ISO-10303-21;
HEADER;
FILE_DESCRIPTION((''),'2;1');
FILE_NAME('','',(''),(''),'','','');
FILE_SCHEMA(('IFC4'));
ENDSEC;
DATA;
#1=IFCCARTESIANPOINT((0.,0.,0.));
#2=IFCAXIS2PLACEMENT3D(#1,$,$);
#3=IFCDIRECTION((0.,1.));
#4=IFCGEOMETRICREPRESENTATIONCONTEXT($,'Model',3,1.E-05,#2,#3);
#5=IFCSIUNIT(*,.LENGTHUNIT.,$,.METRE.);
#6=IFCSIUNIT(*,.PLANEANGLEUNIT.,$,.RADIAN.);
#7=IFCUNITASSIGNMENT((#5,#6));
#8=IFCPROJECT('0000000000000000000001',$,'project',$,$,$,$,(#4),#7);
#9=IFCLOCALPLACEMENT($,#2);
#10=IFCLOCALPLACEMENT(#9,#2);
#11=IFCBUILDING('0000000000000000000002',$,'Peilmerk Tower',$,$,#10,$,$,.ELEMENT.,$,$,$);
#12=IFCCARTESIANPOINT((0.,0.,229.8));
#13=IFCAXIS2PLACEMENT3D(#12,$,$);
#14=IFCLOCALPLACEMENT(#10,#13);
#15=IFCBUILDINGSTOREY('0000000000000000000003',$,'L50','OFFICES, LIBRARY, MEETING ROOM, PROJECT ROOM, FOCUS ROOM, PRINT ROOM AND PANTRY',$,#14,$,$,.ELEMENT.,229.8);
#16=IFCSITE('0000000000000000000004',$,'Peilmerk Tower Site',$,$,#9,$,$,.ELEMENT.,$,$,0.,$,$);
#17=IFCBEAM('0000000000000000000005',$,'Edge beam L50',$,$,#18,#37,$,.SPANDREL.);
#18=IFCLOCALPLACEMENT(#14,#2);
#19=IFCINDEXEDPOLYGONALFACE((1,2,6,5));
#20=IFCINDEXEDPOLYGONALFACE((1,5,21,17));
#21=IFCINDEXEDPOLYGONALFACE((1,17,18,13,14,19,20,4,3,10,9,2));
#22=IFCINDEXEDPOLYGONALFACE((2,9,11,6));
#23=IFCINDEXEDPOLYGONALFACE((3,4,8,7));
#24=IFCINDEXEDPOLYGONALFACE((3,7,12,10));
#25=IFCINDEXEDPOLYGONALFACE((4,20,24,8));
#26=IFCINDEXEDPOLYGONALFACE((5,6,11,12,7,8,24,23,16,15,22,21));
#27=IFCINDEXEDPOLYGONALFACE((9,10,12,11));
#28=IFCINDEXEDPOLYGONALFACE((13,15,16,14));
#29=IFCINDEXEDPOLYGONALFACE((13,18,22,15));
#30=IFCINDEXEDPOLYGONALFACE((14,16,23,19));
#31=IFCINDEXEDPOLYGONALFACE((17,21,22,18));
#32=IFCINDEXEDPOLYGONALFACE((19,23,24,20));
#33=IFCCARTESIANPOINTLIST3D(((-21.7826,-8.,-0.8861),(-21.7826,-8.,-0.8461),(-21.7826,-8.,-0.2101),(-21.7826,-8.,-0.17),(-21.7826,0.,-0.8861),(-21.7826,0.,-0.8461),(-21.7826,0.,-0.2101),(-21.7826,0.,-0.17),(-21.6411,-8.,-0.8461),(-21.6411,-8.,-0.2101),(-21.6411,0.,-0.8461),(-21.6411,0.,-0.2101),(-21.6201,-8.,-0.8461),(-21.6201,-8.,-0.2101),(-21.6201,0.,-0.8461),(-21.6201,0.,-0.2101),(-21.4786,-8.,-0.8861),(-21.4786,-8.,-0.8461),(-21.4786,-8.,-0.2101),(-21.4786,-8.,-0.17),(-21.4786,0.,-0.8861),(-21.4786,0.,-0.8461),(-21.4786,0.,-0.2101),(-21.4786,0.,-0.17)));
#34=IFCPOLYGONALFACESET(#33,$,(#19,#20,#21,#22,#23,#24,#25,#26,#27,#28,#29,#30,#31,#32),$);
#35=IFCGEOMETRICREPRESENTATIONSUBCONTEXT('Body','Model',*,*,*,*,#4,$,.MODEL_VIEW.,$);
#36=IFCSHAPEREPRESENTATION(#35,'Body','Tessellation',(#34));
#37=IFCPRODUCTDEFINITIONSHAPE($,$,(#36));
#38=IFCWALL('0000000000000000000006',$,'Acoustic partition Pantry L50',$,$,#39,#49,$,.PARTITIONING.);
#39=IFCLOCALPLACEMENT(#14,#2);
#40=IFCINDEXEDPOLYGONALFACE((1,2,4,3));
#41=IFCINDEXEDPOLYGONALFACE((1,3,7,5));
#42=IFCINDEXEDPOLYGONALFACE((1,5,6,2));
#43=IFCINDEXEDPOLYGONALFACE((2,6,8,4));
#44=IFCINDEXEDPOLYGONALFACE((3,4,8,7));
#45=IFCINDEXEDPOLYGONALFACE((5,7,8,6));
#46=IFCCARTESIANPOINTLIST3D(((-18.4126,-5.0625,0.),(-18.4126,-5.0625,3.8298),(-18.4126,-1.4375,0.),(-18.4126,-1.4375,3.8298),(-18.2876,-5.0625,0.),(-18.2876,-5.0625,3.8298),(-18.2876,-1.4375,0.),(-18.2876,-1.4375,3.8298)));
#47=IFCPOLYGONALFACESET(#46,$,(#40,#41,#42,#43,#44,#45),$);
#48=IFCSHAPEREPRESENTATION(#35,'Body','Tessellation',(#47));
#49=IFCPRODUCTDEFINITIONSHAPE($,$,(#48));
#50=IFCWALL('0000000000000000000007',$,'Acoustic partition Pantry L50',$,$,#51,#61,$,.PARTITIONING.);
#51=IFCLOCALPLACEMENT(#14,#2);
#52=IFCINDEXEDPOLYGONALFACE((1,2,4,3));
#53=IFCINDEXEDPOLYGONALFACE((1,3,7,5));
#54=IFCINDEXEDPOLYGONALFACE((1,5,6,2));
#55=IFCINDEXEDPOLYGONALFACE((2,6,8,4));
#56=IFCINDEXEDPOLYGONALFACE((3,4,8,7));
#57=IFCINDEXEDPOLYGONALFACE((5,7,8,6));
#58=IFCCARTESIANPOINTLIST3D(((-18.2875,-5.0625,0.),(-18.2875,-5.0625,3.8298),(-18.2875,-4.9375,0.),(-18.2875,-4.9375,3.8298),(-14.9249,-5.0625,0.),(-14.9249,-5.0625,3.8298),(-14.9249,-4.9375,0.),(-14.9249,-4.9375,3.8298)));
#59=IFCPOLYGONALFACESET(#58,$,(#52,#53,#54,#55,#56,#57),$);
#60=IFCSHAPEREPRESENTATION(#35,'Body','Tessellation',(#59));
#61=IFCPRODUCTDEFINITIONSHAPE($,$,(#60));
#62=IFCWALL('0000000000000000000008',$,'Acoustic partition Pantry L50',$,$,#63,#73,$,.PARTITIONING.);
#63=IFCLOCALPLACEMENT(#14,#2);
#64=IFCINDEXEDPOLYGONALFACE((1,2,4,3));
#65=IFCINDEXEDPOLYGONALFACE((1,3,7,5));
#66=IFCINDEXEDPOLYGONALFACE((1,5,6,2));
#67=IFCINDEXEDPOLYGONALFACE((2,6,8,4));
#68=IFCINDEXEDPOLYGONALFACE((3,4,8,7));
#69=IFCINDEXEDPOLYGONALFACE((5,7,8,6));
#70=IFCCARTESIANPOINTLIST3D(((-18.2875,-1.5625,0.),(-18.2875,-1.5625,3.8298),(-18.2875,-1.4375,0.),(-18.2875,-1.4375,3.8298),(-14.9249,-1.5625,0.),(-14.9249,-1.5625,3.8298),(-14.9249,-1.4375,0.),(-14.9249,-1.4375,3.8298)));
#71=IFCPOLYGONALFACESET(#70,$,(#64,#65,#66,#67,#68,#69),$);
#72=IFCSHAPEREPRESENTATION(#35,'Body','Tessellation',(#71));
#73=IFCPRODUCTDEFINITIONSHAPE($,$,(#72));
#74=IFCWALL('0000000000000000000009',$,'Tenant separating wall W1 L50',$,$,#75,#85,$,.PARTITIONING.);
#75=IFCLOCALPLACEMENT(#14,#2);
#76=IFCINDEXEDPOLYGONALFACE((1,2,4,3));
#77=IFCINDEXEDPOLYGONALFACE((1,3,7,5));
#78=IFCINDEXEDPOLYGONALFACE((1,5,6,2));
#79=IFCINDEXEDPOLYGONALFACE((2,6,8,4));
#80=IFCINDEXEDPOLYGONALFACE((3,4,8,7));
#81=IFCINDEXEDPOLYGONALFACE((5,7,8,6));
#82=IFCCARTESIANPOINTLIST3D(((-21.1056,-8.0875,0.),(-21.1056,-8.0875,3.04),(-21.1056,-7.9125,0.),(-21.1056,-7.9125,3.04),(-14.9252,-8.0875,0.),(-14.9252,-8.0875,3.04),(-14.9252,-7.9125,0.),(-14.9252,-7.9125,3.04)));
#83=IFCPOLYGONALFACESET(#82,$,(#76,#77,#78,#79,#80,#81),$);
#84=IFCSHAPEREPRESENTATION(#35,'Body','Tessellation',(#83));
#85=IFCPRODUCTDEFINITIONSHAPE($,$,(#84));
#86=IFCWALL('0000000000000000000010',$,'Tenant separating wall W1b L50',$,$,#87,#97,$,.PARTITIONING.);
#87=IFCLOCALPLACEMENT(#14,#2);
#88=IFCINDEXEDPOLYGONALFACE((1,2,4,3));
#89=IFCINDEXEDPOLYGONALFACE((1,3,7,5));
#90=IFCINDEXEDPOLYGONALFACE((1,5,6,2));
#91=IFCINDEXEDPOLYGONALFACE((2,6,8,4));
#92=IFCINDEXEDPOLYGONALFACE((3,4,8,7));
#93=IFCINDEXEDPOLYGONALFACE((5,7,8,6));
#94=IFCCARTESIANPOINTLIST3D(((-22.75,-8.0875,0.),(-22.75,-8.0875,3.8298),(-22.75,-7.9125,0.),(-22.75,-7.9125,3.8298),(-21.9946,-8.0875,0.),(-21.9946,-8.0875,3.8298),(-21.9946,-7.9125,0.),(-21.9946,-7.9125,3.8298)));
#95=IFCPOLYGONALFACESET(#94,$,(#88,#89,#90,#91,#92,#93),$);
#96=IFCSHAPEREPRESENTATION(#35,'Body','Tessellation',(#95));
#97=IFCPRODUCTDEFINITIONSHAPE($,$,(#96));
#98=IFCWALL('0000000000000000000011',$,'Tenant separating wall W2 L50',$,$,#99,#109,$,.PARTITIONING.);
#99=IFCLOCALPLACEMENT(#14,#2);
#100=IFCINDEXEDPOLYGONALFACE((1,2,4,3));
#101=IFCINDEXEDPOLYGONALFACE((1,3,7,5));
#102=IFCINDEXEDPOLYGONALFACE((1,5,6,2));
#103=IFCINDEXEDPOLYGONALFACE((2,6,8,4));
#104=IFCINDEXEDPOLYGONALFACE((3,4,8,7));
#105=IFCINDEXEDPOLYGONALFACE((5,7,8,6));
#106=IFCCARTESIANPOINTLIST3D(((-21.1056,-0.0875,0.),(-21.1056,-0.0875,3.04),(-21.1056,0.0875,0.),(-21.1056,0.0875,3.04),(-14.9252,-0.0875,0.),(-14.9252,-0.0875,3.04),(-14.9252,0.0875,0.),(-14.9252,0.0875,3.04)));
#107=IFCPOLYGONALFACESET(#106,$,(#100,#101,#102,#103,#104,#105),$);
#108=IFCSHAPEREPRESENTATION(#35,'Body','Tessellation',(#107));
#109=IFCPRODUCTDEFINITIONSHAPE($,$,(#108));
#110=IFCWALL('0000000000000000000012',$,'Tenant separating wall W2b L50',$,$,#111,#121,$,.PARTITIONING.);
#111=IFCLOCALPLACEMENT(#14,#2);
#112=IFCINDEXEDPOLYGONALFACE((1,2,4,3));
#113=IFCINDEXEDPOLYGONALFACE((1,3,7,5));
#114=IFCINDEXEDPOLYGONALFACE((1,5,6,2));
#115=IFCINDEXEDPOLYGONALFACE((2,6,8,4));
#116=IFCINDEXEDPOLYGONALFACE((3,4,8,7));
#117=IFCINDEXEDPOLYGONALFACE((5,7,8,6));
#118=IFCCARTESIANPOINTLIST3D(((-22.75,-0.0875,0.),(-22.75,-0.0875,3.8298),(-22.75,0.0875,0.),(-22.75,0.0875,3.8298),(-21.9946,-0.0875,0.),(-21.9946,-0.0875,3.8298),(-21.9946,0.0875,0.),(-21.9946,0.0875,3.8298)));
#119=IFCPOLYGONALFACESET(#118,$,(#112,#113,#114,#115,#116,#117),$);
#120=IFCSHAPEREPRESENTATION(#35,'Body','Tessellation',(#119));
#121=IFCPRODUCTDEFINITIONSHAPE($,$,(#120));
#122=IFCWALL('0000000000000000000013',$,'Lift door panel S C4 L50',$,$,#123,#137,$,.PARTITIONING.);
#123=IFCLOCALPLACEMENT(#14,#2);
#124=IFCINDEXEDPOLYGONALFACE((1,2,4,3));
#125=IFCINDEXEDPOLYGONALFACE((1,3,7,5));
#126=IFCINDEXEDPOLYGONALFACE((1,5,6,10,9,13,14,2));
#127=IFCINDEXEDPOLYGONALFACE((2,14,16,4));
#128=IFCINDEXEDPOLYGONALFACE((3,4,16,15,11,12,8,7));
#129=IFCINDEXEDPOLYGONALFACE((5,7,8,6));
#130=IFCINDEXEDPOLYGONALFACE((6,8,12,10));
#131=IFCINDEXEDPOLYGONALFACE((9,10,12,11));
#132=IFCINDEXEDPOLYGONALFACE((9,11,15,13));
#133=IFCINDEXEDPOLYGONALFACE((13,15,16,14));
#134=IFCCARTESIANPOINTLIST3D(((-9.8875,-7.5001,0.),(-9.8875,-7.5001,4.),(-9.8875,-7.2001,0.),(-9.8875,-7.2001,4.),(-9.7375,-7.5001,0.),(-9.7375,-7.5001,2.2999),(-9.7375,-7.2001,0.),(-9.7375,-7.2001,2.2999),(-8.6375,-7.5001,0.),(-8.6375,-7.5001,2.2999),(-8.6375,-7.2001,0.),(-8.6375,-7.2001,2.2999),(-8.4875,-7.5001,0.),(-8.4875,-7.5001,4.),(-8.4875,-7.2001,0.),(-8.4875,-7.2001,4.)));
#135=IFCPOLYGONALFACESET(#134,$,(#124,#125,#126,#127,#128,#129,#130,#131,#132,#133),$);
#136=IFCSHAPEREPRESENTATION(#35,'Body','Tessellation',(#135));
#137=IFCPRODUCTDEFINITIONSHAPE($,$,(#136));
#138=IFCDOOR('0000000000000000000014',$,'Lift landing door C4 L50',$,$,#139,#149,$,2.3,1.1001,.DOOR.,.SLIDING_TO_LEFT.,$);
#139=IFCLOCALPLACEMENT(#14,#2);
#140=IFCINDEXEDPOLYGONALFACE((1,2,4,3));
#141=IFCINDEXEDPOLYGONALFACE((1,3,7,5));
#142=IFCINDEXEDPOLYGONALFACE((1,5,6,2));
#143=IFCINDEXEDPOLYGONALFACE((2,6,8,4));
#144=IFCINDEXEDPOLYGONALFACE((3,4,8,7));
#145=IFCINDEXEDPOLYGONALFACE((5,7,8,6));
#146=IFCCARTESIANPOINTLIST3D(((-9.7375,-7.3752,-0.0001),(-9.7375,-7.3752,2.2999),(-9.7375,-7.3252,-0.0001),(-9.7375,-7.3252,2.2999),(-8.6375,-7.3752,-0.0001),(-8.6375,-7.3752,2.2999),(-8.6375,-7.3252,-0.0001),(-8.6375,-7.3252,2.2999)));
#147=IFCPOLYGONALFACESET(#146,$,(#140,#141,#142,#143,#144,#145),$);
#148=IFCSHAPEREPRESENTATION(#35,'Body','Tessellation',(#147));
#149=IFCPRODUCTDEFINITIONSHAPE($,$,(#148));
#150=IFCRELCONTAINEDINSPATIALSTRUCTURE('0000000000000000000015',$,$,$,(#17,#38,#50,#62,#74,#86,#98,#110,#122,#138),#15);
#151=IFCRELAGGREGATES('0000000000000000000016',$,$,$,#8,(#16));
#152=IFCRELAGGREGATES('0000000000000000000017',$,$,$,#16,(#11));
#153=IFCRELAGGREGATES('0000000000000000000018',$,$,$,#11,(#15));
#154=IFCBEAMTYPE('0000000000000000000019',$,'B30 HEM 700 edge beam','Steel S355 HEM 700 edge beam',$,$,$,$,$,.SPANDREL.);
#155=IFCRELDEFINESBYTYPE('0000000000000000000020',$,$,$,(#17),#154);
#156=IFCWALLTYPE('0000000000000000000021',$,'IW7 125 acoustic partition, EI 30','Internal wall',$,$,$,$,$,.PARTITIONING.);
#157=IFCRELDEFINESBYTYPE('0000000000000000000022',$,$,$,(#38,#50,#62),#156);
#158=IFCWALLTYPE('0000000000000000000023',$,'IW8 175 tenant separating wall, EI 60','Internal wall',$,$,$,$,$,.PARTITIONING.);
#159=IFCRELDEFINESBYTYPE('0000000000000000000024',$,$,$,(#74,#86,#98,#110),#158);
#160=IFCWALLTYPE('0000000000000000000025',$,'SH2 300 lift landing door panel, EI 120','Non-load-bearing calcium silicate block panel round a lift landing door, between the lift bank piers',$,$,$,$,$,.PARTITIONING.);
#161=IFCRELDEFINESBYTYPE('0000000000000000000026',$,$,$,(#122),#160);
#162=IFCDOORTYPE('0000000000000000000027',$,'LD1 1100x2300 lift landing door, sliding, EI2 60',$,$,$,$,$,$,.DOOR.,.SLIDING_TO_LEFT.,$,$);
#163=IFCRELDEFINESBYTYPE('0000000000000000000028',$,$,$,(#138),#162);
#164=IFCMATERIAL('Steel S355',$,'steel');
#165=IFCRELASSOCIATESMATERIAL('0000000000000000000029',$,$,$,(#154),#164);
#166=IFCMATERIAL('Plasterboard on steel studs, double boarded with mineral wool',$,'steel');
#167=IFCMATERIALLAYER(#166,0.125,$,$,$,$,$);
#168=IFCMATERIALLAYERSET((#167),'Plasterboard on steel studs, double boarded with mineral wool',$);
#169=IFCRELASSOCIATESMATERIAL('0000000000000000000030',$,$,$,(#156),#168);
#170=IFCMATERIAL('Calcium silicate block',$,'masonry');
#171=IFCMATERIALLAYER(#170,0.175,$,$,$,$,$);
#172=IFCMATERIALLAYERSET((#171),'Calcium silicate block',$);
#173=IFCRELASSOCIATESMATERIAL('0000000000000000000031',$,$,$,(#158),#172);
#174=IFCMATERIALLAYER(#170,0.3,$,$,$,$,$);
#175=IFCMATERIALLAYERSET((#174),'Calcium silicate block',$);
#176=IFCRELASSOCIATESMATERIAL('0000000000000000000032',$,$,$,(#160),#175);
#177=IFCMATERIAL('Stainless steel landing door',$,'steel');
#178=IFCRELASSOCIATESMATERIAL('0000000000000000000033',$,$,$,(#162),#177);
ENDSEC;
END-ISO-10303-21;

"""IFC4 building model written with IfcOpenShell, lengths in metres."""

from ifc_helpers import new_model, si_unit, direction, frame, frame_2d, origin, origin_2d, place, context, subcontext, project, spatial, rectangle, i_section, extrude, material, layer, layer_set, material_profile, profile_set, type_object, element, fill, save


model = new_model("IFC4")

# Units and contexts
model_context = context("Model", 3, precision=1e-05, world=origin(), true_north=direction((0.0, 1.0)))
body_context = subcontext(model_context, "Body", "Model", "MODEL_VIEW")
ifc_project = project(units=[si_unit("LENGTHUNIT", "METRE"), si_unit("PLANEANGLEUNIT", "RADIAN")], contexts=[model_context])

# Site, building, storey
site_placement = place(None, origin())
site = spatial("IfcSite", under=ifc_project, at=site_placement, Name="Peilmerk Tower Site", CompositionType="ELEMENT", RefElevation=0.0)
building_placement = place(site_placement, origin())
building = spatial("IfcBuilding", under=site, at=building_placement, Name="Peilmerk Tower", CompositionType="ELEMENT")
storey_placement = place(building_placement, frame((0.0, 0.0, 229.8)))
storey = spatial("IfcBuildingStorey", under=building, at=storey_placement, Name="L50", Description="OFFICES, LIBRARY, MEETING ROOM, PROJECT ROOM, FOCUS ROOM, PRINT ROOM AND PANTRY", CompositionType="ELEMENT", Elevation=229.8)

# Beam
ifc_material_1 = material(Name="Steel S355", Category="steel")
ifc_material_profile_1 = material_profile(ifc_material_1, i_section(OverallWidth=0.304, OverallDepth=0.7161, WebThickness=0.021, FlangeThickness=0.04, at=origin_2d()), Name="HEM 700")
ifc_profile_set_1 = profile_set([ifc_material_profile_1], Name="Steel S355")
beam_type_1 = type_object("IfcBeamType", Name="B30 HEM 700 edge beam", Description="Steel S355 HEM 700 edge beam", PredefinedType="SPANDREL", material=ifc_profile_set_1)
beam_1_placement = place(storey_placement, frame((-21.6306, 0.0, -0.5281), z_axis=(0.0, -1.0, 0.0), x_axis=(1.0, 0.0, 0.0)))
element("IfcBeam", 1, at=beam_1_placement, inside=storey, type_object=beam_type_1, Name="Edge beam L50", PredefinedType="SPANDREL", context=body_context, shape_type="SweptSolid", body=[
    extrude(i_section(OverallWidth=0.304, OverallDepth=0.7161, WebThickness=0.021, FlangeThickness=0.04, at=origin_2d()), origin(), (0.0, 0.0, 1.0), 8.0),
])

# Walls
ifc_material_2 = material(Name="Plasterboard on steel studs, double boarded with mineral wool", Category="steel")
ifc_layer_1 = layer(ifc_material_2, 0.125)
ifc_layer_set_1 = layer_set([ifc_layer_1], Name="Plasterboard on steel studs, double boarded with mineral wool")
wall_type_1 = type_object("IfcWallType", Name="IW7 125 acoustic partition, EI 30", Description="Internal wall", PredefinedType="PARTITIONING", material=ifc_layer_set_1)
wall_1_placement = place(storey_placement, frame((-18.3501, -5.0625, 0.0), z_axis=(0.0, 0.0, 1.0), x_axis=(0.0, 1.0, 0.0)))
element("IfcWall", 2, at=wall_1_placement, inside=storey, type_object=wall_type_1, Name="Acoustic partition Pantry L50", PredefinedType="PARTITIONING", context=body_context, shape_type="SweptSolid", body=[
    extrude(rectangle(XDim=3.625, YDim=0.125, at=frame_2d((1.8125, 0.0))), origin(), (0.0, 0.0, 1.0), 3.8298),
])
for number, where, z_axis, x_axis, name in (
    (3, (-14.925, -5.0, 0.0), (0.0, 0.0, 1.0), (-1.0, 0.0, 0.0), "Acoustic partition Pantry L50"),
    (4, (-14.925, -1.5, 0.0), (0.0, 0.0, 1.0), (-1.0, 0.0, 0.0), "Acoustic partition Pantry L50"),
):
    element("IfcWall", number, at=place(storey_placement, frame(where, z_axis=z_axis, x_axis=x_axis)), inside=storey, type_object=wall_type_1, Name=name, PredefinedType="PARTITIONING", context=body_context, shape_type="SweptSolid", body=[
        extrude(rectangle(XDim=3.3625, YDim=0.125, at=frame_2d((1.6812, 0.0))), origin(), (0.0, 0.0, 1.0), 3.8298),
    ])
ifc_material_3 = material(Name="Calcium silicate block", Category="masonry")
ifc_layer_2 = layer(ifc_material_3, 0.175)
ifc_layer_set_2 = layer_set([ifc_layer_2], Name="Calcium silicate block")
wall_type_2 = type_object("IfcWallType", Name="IW8 175 tenant separating wall, EI 60", Description="Internal wall", PredefinedType="PARTITIONING", material=ifc_layer_set_2)
wall_2_placement = place(storey_placement, frame((-14.925, -8.0, 0.0), z_axis=(0.0, 0.0, 1.0), x_axis=(-1.0, 0.0, 0.0)))
element("IfcWall", 5, at=wall_2_placement, inside=storey, type_object=wall_type_2, Name="Tenant separating wall W1 L50", PredefinedType="PARTITIONING", context=body_context, shape_type="SweptSolid", body=[
    extrude(rectangle(XDim=6.1804, YDim=0.175, at=frame_2d((3.0903, 0.0))), origin(), (0.0, 0.0, 1.0), 3.04),
])
wall_3_placement = place(storey_placement, frame((-21.9946, -8.0, 0.0), z_axis=(0.0, 0.0, 1.0), x_axis=(-1.0, 0.0, 0.0)))
element("IfcWall", 6, at=wall_3_placement, inside=storey, type_object=wall_type_2, Name="Tenant separating wall W1b L50", PredefinedType="PARTITIONING", context=body_context, shape_type="SweptSolid", body=[
    extrude(rectangle(XDim=0.7554, YDim=0.175, at=frame_2d((0.3777, 0.0))), origin(), (0.0, 0.0, 1.0), 3.8298),
])
wall_4_placement = place(storey_placement, frame((-14.925, 0.0, 0.0), z_axis=(0.0, 0.0, 1.0), x_axis=(-1.0, 0.0, 0.0)))
element("IfcWall", 7, at=wall_4_placement, inside=storey, type_object=wall_type_2, Name="Tenant separating wall W2 L50", PredefinedType="PARTITIONING", context=body_context, shape_type="SweptSolid", body=[
    extrude(rectangle(XDim=6.1804, YDim=0.175, at=frame_2d((3.0903, 0.0))), origin(), (0.0, 0.0, 1.0), 3.04),
])
wall_5_placement = place(storey_placement, frame((-21.9946, 0.0, 0.0), z_axis=(0.0, 0.0, 1.0), x_axis=(-1.0, 0.0, 0.0)))
element("IfcWall", 8, at=wall_5_placement, inside=storey, type_object=wall_type_2, Name="Tenant separating wall W2b L50", PredefinedType="PARTITIONING", context=body_context, shape_type="SweptSolid", body=[
    extrude(rectangle(XDim=0.7554, YDim=0.175, at=frame_2d((0.3777, 0.0))), origin(), (0.0, 0.0, 1.0), 3.8298),
])

# Wall, opening, door
ifc_layer_3 = layer(ifc_material_3, 0.3)
ifc_layer_set_3 = layer_set([ifc_layer_3], Name="Calcium silicate block")
wall_type_3 = type_object("IfcWallType", Name="SH2 300 lift landing door panel, EI 120", Description="Non-load-bearing calcium silicate block panel round a lift landing door, between the lift bank piers", PredefinedType="PARTITIONING", material=ifc_layer_set_3)
wall_6_placement = place(storey_placement, frame((-9.8875, -7.3501, 0.0), z_axis=(0.0, 0.0, 1.0), x_axis=(1.0, 0.0, 0.0)))
wall_6 = element("IfcWall", 9, at=wall_6_placement, inside=storey, type_object=wall_type_3, Name="Lift door panel S C4 L50", PredefinedType="PARTITIONING", context=body_context, shape_type="SweptSolid", body=[
    extrude(rectangle(XDim=1.3999, YDim=0.3, at=frame_2d((0.7, 0.0))), origin(), (0.0, 0.0, 1.0), 4.0),
])
opening_1_placement = place(wall_6_placement, frame((0.1499, 0.0, 0.0)))
opening_1 = element("IfcOpeningElement", 10, at=opening_1_placement, cuts=wall_6, PredefinedType="OPENING", context=body_context, shape_type="SweptSolid", body=[
    extrude(rectangle(XDim=1.1001, YDim=2.3, at=frame_2d((0.55, 1.1499))), frame((0.0, 0.1599, 0.0), z_axis=(0.0, -1.0, 0.0), x_axis=(1.0, 0.0, 0.0)), (0.0, 0.0, 1.0), 0.3201),
])
ifc_material_4 = material(Name="Stainless steel landing door", Category="steel")
door_type_1 = type_object("IfcDoorType", Name="LD1 1100x2300 lift landing door, sliding, EI2 60", OperationType="SLIDING_TO_LEFT", PredefinedType="DOOR", material=ifc_material_4)
door_1_placement = place(opening_1_placement, origin())
door_1 = element("IfcDoor", 11, at=door_1_placement, inside=storey, type_object=door_type_1, Name="Lift landing door C4 L50", OperationType="SLIDING_TO_LEFT", OverallHeight=2.3, OverallWidth=1.1001, PredefinedType="DOOR", context=body_context, shape_type="SweptSolid", body=[
    extrude(rectangle(XDim=1.1001, YDim=2.3, at=frame_2d((0.55, 1.1499))), frame((0.0, 0.0249, 0.0), z_axis=(0.0, -1.0, 0.0), x_axis=(1.0, 0.0, 0.0)), (0.0, 0.0, 1.0), 0.05),
])
fill(opening_1, door_1)

save(model, "model.ifc")
